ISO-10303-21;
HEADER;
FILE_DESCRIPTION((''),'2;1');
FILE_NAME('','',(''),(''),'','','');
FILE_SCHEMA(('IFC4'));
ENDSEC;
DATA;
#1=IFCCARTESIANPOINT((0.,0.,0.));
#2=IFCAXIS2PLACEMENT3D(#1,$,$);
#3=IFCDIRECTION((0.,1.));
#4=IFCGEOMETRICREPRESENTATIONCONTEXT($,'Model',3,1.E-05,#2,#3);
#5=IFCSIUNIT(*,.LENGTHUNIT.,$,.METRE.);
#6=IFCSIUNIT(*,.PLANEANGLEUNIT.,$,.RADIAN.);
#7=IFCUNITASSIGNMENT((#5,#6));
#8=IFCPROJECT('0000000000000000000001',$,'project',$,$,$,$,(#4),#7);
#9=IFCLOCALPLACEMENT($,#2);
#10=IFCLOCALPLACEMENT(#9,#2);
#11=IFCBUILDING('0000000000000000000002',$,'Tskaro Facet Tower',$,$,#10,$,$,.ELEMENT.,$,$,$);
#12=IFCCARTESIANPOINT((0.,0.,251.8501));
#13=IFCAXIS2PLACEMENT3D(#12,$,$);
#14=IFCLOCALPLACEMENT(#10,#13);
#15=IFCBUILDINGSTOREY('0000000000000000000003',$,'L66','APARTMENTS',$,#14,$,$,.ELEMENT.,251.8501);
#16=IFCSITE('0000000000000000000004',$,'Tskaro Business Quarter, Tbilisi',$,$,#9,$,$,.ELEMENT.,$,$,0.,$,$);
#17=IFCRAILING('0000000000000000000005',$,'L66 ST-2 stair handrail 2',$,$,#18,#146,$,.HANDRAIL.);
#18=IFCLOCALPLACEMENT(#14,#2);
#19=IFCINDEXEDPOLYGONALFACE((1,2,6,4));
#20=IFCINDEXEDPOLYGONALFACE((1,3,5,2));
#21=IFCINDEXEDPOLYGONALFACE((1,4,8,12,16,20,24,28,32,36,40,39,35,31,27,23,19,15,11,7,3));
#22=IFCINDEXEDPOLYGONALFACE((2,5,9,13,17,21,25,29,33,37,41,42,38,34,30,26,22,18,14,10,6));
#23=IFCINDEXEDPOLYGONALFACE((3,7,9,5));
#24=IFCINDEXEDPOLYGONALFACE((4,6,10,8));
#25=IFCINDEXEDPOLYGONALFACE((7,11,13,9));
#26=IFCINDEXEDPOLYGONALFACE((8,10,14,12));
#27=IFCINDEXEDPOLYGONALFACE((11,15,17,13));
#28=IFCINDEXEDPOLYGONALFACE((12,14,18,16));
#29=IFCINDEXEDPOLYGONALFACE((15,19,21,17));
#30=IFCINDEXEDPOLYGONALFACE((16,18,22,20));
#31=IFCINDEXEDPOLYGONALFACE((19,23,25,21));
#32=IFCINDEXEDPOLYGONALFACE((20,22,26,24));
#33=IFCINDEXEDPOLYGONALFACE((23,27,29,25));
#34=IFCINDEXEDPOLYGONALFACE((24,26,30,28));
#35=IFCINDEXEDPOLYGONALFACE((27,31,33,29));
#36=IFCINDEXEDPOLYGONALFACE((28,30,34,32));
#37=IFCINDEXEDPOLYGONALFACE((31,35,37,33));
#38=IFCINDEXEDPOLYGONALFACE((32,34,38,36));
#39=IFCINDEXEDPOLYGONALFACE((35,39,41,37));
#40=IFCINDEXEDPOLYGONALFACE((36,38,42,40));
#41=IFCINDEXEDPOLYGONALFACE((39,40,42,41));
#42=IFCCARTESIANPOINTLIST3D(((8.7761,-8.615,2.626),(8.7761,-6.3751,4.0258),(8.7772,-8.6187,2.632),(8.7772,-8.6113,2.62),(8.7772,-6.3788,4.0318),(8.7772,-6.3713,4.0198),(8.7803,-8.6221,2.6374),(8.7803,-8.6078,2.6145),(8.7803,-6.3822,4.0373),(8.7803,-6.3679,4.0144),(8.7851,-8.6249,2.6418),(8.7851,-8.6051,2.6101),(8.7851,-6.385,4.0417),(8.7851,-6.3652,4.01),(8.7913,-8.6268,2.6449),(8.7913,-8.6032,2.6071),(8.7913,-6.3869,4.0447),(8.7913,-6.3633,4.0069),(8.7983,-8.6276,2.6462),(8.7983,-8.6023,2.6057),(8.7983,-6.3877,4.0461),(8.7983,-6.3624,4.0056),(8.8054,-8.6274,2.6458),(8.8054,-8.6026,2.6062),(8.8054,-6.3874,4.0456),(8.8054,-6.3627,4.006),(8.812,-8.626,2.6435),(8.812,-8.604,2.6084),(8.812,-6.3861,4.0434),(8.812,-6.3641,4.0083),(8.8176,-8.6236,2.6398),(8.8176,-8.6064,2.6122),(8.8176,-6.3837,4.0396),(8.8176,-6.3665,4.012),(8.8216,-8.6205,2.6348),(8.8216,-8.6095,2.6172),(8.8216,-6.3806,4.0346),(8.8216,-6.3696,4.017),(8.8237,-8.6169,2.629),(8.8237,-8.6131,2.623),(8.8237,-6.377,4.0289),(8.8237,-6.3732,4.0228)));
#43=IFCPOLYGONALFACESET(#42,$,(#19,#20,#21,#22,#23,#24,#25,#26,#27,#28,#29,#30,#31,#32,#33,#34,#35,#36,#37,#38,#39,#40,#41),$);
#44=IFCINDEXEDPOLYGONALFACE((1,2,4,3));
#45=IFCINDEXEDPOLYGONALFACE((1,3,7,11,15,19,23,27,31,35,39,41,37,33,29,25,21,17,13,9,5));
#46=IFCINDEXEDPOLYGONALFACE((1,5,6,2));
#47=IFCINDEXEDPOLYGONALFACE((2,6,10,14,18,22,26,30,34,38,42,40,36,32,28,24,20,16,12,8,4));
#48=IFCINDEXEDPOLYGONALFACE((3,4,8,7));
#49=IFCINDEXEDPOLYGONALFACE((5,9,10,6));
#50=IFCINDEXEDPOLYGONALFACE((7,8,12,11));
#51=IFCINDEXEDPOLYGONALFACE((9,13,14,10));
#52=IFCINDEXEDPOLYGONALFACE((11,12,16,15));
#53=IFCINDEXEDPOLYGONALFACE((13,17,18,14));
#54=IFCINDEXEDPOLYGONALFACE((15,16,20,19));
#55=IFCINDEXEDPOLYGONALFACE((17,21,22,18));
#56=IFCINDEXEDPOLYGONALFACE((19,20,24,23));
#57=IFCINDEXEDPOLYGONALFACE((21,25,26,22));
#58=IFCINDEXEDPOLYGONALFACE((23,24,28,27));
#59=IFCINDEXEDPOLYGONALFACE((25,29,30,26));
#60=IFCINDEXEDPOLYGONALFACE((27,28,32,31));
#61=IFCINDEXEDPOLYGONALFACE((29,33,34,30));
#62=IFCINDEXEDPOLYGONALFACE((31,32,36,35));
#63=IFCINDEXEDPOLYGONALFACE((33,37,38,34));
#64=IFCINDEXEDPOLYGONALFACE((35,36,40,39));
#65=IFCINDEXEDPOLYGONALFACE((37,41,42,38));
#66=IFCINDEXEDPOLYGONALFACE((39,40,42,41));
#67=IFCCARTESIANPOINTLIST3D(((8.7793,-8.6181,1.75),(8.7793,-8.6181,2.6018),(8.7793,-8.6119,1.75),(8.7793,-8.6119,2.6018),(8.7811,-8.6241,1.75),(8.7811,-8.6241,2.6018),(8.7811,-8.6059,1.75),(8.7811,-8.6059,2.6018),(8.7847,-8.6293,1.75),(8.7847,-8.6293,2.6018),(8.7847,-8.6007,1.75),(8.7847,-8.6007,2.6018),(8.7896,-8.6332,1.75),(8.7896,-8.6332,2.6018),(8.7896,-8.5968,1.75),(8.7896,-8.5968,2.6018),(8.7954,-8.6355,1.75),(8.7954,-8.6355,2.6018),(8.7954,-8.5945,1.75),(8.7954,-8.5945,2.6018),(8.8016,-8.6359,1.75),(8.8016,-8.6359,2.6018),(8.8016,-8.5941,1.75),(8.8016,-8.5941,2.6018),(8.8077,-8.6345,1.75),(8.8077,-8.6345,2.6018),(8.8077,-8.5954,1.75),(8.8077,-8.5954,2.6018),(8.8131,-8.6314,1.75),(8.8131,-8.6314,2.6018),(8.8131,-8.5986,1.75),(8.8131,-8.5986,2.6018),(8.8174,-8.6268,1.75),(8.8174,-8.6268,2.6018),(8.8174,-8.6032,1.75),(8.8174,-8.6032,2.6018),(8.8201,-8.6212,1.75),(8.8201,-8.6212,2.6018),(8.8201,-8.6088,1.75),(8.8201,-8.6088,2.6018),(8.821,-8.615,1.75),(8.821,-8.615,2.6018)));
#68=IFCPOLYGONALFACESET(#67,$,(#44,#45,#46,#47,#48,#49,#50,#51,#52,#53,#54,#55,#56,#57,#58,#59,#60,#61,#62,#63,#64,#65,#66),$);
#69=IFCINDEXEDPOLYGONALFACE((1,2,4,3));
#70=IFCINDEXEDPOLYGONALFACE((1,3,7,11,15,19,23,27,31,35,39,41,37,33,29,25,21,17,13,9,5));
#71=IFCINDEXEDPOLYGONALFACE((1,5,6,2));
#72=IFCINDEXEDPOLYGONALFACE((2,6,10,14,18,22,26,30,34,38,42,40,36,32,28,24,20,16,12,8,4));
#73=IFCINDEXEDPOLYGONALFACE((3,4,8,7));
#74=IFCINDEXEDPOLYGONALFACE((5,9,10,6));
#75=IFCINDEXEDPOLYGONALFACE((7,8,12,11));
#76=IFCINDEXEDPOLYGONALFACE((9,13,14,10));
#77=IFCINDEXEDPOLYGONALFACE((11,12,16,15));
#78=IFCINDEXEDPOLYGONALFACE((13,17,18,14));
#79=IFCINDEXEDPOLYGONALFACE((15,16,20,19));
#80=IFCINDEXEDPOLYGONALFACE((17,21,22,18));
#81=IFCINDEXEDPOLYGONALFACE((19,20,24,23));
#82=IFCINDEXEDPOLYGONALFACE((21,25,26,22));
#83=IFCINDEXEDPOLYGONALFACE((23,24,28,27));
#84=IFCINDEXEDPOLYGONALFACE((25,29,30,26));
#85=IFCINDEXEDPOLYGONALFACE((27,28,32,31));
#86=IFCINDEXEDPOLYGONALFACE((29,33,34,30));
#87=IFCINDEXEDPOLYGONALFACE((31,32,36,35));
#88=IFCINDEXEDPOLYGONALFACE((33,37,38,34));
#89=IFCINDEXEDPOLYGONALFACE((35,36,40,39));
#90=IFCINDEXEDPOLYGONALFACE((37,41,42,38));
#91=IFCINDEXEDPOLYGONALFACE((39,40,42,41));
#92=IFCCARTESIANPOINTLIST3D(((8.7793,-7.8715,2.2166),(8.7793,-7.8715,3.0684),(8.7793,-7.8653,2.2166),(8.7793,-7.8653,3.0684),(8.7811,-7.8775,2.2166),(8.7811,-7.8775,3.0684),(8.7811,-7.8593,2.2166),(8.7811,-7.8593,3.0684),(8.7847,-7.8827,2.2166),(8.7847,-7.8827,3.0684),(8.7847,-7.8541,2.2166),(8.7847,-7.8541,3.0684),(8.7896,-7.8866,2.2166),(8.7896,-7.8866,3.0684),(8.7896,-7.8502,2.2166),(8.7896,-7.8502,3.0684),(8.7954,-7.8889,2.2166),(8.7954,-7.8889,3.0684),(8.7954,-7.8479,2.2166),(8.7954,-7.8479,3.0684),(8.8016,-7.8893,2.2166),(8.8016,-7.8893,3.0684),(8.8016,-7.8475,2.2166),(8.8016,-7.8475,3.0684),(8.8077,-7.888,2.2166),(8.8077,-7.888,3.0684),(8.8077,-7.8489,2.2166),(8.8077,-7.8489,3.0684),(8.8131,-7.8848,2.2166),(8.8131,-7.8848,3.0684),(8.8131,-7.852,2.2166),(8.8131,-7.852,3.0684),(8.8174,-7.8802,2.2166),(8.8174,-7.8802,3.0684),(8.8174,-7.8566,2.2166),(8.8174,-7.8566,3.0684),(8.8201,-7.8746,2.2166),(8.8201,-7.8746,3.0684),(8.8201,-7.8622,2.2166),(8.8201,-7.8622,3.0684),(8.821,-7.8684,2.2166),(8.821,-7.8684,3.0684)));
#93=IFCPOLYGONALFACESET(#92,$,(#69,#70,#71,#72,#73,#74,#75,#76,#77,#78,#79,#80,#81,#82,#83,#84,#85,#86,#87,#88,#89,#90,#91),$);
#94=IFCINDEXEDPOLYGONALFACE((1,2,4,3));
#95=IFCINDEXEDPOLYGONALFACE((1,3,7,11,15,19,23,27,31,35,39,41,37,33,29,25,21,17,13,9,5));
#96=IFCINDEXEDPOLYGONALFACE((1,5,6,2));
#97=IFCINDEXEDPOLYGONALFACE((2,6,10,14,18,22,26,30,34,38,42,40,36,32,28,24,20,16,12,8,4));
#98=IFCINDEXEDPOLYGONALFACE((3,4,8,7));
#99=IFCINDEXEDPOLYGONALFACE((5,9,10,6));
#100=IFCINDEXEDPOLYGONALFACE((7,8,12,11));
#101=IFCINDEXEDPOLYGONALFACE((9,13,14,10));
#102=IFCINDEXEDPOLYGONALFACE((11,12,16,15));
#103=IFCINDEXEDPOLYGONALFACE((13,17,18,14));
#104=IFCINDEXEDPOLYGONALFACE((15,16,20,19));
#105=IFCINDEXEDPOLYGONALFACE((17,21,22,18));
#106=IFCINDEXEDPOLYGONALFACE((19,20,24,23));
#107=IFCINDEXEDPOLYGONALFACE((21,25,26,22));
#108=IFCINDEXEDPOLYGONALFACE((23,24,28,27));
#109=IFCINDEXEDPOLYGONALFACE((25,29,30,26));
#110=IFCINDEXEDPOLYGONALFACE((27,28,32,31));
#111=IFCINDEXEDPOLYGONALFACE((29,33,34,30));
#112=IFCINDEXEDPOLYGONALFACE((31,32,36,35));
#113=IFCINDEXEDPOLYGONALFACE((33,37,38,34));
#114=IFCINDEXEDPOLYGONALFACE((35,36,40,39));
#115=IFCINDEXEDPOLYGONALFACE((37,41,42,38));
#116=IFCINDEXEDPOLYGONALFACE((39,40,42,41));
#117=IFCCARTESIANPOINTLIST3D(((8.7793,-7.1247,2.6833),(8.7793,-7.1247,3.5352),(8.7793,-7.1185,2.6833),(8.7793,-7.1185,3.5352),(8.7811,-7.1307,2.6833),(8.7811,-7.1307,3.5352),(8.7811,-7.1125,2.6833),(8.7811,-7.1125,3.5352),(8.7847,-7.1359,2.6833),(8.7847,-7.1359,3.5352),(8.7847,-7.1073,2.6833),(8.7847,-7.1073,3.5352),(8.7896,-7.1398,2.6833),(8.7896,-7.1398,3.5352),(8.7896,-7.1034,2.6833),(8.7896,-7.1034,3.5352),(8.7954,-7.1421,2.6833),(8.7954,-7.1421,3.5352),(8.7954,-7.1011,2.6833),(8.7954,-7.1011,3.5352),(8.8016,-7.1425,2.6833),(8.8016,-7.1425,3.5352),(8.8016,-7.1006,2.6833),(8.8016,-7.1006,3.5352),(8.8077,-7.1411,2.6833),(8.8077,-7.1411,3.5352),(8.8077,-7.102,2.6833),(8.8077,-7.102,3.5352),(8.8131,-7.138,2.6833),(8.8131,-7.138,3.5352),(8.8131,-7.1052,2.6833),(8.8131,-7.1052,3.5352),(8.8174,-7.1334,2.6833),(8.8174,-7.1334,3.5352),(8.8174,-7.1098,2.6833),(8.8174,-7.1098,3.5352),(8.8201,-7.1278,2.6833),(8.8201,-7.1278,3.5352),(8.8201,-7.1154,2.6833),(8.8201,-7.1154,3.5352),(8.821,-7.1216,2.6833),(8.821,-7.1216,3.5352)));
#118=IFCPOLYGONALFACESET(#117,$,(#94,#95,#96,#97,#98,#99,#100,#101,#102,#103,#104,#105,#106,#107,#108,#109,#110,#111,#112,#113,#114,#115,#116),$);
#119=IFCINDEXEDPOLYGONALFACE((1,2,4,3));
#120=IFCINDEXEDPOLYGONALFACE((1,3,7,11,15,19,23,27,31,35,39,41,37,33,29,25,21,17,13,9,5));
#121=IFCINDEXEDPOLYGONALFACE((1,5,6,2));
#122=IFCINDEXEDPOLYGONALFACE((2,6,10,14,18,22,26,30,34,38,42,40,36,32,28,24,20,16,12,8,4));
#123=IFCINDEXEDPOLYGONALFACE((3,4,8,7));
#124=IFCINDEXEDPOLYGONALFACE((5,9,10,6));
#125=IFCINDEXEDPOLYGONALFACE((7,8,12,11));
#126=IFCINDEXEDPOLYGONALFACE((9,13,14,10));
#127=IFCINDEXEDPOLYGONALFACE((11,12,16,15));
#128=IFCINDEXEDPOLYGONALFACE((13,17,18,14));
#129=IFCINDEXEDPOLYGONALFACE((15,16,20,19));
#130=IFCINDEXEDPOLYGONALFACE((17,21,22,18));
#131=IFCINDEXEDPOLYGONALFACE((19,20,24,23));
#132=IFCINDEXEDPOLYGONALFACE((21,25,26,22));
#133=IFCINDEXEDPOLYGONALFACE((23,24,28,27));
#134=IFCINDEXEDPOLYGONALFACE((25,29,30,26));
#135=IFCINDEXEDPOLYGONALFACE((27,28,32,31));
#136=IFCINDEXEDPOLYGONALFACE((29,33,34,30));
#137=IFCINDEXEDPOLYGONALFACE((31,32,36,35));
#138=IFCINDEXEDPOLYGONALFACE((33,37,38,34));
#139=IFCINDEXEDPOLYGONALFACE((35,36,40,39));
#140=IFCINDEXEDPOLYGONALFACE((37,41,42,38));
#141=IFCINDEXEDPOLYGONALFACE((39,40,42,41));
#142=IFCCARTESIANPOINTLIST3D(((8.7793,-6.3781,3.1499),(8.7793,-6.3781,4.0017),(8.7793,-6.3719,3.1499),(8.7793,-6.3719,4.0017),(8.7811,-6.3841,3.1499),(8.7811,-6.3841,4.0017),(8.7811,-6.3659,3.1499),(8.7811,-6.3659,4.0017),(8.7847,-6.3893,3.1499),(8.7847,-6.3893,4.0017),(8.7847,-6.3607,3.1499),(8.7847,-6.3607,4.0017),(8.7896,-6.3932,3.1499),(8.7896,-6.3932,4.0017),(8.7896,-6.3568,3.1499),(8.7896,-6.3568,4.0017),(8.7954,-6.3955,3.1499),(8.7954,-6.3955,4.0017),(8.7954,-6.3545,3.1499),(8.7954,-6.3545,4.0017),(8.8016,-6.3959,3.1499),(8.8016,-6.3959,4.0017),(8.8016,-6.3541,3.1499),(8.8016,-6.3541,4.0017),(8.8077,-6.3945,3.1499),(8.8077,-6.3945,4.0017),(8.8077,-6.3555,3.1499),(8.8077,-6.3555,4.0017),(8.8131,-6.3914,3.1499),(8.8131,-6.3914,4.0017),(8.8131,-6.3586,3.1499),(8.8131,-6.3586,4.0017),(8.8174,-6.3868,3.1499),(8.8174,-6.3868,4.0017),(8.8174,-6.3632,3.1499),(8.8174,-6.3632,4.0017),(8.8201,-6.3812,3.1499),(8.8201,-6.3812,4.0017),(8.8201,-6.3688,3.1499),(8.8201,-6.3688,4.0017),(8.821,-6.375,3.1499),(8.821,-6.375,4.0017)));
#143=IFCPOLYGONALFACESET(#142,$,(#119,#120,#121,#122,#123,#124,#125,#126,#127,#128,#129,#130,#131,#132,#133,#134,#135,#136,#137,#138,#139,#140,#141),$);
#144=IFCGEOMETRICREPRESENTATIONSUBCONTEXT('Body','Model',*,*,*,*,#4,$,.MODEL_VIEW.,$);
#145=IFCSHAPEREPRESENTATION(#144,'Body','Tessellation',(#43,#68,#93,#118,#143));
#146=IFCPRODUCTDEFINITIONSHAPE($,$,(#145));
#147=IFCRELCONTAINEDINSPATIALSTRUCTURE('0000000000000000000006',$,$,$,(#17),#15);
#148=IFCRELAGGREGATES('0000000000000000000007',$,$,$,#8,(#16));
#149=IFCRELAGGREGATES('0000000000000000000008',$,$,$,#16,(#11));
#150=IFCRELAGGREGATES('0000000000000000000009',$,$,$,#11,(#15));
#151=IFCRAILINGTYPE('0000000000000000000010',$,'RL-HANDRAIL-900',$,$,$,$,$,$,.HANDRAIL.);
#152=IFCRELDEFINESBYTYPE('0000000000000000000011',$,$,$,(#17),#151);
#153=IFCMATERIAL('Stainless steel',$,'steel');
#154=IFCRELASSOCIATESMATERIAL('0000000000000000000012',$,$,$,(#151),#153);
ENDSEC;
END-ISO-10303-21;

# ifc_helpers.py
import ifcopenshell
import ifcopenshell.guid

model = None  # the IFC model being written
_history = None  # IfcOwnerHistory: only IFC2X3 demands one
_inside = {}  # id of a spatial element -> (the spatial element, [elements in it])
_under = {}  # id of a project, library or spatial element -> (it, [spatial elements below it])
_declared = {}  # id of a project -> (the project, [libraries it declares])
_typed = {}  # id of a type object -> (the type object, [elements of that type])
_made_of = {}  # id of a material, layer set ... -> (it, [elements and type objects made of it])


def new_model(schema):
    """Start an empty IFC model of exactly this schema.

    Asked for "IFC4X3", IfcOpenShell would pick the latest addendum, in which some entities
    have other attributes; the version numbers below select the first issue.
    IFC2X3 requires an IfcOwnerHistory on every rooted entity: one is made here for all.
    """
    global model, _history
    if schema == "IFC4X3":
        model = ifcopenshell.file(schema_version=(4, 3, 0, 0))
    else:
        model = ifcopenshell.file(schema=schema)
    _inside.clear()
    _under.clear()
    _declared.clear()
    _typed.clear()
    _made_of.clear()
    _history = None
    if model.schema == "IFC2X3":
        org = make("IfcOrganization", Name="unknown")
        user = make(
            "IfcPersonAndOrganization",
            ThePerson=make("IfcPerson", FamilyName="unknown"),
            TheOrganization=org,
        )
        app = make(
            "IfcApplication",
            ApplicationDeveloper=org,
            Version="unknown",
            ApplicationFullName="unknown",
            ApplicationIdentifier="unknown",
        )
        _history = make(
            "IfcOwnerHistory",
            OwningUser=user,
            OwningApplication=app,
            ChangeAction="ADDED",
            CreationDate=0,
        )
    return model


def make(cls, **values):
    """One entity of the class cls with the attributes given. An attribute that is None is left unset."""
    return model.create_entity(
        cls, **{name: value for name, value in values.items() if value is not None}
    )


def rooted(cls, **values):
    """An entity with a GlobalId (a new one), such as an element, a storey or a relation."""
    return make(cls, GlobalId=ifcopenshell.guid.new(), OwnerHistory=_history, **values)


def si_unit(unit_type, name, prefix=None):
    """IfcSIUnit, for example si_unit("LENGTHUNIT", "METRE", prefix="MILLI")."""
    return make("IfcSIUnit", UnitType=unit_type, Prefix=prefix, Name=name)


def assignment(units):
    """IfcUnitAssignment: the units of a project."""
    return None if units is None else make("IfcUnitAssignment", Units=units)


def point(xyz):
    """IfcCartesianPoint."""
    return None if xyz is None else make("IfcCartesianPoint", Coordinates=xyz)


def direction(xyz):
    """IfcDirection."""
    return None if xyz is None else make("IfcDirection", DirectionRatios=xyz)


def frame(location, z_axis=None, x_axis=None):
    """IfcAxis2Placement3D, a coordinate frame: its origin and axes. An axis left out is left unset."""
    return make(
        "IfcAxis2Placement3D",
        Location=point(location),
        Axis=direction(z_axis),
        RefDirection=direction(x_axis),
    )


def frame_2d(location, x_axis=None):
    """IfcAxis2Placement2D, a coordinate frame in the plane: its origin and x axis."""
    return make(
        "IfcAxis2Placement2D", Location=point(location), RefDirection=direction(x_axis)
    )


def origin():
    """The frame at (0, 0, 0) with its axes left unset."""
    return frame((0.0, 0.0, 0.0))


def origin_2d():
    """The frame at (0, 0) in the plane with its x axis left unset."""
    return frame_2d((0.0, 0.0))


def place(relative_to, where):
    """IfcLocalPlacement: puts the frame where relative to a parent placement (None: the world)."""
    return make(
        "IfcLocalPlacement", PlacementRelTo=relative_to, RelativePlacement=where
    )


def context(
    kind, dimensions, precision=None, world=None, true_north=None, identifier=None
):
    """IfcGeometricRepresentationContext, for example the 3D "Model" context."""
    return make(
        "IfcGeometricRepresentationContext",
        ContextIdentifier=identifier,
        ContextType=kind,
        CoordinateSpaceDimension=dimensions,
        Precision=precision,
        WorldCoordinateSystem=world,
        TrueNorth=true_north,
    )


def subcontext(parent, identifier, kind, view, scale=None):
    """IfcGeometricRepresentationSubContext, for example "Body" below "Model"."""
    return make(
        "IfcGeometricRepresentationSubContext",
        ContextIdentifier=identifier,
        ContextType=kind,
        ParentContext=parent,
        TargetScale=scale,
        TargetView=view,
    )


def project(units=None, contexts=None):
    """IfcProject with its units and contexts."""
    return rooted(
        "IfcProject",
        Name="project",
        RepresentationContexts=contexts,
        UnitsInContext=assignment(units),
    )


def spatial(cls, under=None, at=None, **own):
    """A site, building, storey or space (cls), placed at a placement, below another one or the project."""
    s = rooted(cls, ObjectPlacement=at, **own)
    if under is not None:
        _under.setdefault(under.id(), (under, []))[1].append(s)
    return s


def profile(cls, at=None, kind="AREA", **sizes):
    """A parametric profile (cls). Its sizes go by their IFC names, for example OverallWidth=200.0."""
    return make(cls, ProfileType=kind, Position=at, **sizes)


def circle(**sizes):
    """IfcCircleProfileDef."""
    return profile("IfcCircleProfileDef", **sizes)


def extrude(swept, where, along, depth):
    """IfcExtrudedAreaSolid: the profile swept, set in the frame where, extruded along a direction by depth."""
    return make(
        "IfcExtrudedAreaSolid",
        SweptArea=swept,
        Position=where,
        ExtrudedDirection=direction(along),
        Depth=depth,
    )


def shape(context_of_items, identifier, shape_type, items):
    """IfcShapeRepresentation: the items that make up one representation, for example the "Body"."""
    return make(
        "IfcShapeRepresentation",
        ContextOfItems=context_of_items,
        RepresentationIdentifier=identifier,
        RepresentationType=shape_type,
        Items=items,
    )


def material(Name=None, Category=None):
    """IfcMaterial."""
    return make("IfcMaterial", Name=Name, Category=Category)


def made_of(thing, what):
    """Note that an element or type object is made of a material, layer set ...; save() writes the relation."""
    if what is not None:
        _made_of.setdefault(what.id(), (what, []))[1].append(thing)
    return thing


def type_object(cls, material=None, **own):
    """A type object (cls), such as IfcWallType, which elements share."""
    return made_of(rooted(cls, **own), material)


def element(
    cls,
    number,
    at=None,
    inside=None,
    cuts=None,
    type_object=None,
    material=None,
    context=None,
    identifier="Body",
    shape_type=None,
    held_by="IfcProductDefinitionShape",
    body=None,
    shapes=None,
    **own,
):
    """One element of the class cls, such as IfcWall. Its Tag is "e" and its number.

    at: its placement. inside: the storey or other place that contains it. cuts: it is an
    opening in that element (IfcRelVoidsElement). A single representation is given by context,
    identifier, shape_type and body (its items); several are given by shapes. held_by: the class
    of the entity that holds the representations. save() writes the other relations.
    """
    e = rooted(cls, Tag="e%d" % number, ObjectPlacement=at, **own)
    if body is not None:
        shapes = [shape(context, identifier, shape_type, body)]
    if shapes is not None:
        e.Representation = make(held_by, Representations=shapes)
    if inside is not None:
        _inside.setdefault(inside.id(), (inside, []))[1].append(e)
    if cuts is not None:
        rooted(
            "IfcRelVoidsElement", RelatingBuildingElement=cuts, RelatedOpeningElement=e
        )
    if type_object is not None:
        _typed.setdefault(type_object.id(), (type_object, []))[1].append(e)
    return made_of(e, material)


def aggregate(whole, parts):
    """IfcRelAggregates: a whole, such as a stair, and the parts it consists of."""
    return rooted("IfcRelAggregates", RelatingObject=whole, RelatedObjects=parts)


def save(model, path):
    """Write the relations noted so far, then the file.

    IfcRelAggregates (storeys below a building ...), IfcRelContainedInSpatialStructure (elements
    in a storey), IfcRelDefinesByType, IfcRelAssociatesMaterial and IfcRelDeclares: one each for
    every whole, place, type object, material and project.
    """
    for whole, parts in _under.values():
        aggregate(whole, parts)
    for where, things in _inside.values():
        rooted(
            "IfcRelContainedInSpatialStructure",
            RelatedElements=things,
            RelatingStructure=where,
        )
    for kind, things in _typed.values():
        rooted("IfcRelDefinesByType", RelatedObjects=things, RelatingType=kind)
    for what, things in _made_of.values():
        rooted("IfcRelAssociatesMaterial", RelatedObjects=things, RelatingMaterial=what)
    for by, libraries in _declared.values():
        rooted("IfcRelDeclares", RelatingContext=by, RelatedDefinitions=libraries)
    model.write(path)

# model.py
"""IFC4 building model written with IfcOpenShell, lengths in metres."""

from ifc_helpers import new_model, si_unit, direction, frame, origin, origin_2d, place, context, subcontext, project, spatial, circle, extrude, material, type_object, element, save


model = new_model("IFC4")

# Units and contexts
model_context = context("Model", 3, precision=1e-05, world=origin(), true_north=direction((0.0, 1.0)))
body_context = subcontext(model_context, "Body", "Model", "MODEL_VIEW")
ifc_project = project(units=[si_unit("LENGTHUNIT", "METRE"), si_unit("PLANEANGLEUNIT", "RADIAN")], contexts=[model_context])

# Site, building, storey
site_placement = place(None, origin())
site = spatial("IfcSite", under=ifc_project, at=site_placement, Name="Tskaro Business Quarter, Tbilisi", CompositionType="ELEMENT", RefElevation=0.0)
building_placement = place(site_placement, origin())
building = spatial("IfcBuilding", under=site, at=building_placement, Name="Tskaro Facet Tower", CompositionType="ELEMENT")
storey_placement = place(building_placement, frame((0.0, 0.0, 251.8501)))
storey = spatial("IfcBuildingStorey", under=building, at=storey_placement, Name="L66", Description="APARTMENTS", CompositionType="ELEMENT", Elevation=251.8501)

# Railing
ifc_material_1 = material(Name="Stainless steel", Category="steel")
railing_type_1 = type_object("IfcRailingType", Name="RL-HANDRAIL-900", PredefinedType="HANDRAIL", material=ifc_material_1)
railing_1_placement = place(storey_placement, frame((8.8, -8.615, 1.75)))
element("IfcRailing", 1, at=railing_1_placement, inside=storey, type_object=railing_type_1, Name="L66 ST-2 stair handrail 2", PredefinedType="HANDRAIL", context=body_context, shape_type="SweptSolid", body=[
    extrude(circle(Radius=0.0239, at=origin_2d()), frame((0.0, 0.0, 0.876), z_axis=(0.0, 0.848014, 0.529974), x_axis=(-1.0, 0.0, 0.0)), (0.0, 0.0, 1.0), 2.6414),
    extrude(circle(Radius=0.021, at=origin_2d()), origin(), (0.0, 0.0, 1.0), 0.8518),
    extrude(circle(Radius=0.021, at=origin_2d()), frame((0.0, 0.7466, 0.4666)), (0.0, 0.0, 1.0), 0.8518),
    extrude(circle(Radius=0.021, at=origin_2d()), frame((0.0, 1.4934, 0.9333)), (0.0, 0.0, 1.0), 0.8518),
    extrude(circle(Radius=0.021, at=origin_2d()), frame((0.0, 2.24, 1.3999)), (0.0, 0.0, 1.0), 0.8518),
])

save(model, "model.ifc")
